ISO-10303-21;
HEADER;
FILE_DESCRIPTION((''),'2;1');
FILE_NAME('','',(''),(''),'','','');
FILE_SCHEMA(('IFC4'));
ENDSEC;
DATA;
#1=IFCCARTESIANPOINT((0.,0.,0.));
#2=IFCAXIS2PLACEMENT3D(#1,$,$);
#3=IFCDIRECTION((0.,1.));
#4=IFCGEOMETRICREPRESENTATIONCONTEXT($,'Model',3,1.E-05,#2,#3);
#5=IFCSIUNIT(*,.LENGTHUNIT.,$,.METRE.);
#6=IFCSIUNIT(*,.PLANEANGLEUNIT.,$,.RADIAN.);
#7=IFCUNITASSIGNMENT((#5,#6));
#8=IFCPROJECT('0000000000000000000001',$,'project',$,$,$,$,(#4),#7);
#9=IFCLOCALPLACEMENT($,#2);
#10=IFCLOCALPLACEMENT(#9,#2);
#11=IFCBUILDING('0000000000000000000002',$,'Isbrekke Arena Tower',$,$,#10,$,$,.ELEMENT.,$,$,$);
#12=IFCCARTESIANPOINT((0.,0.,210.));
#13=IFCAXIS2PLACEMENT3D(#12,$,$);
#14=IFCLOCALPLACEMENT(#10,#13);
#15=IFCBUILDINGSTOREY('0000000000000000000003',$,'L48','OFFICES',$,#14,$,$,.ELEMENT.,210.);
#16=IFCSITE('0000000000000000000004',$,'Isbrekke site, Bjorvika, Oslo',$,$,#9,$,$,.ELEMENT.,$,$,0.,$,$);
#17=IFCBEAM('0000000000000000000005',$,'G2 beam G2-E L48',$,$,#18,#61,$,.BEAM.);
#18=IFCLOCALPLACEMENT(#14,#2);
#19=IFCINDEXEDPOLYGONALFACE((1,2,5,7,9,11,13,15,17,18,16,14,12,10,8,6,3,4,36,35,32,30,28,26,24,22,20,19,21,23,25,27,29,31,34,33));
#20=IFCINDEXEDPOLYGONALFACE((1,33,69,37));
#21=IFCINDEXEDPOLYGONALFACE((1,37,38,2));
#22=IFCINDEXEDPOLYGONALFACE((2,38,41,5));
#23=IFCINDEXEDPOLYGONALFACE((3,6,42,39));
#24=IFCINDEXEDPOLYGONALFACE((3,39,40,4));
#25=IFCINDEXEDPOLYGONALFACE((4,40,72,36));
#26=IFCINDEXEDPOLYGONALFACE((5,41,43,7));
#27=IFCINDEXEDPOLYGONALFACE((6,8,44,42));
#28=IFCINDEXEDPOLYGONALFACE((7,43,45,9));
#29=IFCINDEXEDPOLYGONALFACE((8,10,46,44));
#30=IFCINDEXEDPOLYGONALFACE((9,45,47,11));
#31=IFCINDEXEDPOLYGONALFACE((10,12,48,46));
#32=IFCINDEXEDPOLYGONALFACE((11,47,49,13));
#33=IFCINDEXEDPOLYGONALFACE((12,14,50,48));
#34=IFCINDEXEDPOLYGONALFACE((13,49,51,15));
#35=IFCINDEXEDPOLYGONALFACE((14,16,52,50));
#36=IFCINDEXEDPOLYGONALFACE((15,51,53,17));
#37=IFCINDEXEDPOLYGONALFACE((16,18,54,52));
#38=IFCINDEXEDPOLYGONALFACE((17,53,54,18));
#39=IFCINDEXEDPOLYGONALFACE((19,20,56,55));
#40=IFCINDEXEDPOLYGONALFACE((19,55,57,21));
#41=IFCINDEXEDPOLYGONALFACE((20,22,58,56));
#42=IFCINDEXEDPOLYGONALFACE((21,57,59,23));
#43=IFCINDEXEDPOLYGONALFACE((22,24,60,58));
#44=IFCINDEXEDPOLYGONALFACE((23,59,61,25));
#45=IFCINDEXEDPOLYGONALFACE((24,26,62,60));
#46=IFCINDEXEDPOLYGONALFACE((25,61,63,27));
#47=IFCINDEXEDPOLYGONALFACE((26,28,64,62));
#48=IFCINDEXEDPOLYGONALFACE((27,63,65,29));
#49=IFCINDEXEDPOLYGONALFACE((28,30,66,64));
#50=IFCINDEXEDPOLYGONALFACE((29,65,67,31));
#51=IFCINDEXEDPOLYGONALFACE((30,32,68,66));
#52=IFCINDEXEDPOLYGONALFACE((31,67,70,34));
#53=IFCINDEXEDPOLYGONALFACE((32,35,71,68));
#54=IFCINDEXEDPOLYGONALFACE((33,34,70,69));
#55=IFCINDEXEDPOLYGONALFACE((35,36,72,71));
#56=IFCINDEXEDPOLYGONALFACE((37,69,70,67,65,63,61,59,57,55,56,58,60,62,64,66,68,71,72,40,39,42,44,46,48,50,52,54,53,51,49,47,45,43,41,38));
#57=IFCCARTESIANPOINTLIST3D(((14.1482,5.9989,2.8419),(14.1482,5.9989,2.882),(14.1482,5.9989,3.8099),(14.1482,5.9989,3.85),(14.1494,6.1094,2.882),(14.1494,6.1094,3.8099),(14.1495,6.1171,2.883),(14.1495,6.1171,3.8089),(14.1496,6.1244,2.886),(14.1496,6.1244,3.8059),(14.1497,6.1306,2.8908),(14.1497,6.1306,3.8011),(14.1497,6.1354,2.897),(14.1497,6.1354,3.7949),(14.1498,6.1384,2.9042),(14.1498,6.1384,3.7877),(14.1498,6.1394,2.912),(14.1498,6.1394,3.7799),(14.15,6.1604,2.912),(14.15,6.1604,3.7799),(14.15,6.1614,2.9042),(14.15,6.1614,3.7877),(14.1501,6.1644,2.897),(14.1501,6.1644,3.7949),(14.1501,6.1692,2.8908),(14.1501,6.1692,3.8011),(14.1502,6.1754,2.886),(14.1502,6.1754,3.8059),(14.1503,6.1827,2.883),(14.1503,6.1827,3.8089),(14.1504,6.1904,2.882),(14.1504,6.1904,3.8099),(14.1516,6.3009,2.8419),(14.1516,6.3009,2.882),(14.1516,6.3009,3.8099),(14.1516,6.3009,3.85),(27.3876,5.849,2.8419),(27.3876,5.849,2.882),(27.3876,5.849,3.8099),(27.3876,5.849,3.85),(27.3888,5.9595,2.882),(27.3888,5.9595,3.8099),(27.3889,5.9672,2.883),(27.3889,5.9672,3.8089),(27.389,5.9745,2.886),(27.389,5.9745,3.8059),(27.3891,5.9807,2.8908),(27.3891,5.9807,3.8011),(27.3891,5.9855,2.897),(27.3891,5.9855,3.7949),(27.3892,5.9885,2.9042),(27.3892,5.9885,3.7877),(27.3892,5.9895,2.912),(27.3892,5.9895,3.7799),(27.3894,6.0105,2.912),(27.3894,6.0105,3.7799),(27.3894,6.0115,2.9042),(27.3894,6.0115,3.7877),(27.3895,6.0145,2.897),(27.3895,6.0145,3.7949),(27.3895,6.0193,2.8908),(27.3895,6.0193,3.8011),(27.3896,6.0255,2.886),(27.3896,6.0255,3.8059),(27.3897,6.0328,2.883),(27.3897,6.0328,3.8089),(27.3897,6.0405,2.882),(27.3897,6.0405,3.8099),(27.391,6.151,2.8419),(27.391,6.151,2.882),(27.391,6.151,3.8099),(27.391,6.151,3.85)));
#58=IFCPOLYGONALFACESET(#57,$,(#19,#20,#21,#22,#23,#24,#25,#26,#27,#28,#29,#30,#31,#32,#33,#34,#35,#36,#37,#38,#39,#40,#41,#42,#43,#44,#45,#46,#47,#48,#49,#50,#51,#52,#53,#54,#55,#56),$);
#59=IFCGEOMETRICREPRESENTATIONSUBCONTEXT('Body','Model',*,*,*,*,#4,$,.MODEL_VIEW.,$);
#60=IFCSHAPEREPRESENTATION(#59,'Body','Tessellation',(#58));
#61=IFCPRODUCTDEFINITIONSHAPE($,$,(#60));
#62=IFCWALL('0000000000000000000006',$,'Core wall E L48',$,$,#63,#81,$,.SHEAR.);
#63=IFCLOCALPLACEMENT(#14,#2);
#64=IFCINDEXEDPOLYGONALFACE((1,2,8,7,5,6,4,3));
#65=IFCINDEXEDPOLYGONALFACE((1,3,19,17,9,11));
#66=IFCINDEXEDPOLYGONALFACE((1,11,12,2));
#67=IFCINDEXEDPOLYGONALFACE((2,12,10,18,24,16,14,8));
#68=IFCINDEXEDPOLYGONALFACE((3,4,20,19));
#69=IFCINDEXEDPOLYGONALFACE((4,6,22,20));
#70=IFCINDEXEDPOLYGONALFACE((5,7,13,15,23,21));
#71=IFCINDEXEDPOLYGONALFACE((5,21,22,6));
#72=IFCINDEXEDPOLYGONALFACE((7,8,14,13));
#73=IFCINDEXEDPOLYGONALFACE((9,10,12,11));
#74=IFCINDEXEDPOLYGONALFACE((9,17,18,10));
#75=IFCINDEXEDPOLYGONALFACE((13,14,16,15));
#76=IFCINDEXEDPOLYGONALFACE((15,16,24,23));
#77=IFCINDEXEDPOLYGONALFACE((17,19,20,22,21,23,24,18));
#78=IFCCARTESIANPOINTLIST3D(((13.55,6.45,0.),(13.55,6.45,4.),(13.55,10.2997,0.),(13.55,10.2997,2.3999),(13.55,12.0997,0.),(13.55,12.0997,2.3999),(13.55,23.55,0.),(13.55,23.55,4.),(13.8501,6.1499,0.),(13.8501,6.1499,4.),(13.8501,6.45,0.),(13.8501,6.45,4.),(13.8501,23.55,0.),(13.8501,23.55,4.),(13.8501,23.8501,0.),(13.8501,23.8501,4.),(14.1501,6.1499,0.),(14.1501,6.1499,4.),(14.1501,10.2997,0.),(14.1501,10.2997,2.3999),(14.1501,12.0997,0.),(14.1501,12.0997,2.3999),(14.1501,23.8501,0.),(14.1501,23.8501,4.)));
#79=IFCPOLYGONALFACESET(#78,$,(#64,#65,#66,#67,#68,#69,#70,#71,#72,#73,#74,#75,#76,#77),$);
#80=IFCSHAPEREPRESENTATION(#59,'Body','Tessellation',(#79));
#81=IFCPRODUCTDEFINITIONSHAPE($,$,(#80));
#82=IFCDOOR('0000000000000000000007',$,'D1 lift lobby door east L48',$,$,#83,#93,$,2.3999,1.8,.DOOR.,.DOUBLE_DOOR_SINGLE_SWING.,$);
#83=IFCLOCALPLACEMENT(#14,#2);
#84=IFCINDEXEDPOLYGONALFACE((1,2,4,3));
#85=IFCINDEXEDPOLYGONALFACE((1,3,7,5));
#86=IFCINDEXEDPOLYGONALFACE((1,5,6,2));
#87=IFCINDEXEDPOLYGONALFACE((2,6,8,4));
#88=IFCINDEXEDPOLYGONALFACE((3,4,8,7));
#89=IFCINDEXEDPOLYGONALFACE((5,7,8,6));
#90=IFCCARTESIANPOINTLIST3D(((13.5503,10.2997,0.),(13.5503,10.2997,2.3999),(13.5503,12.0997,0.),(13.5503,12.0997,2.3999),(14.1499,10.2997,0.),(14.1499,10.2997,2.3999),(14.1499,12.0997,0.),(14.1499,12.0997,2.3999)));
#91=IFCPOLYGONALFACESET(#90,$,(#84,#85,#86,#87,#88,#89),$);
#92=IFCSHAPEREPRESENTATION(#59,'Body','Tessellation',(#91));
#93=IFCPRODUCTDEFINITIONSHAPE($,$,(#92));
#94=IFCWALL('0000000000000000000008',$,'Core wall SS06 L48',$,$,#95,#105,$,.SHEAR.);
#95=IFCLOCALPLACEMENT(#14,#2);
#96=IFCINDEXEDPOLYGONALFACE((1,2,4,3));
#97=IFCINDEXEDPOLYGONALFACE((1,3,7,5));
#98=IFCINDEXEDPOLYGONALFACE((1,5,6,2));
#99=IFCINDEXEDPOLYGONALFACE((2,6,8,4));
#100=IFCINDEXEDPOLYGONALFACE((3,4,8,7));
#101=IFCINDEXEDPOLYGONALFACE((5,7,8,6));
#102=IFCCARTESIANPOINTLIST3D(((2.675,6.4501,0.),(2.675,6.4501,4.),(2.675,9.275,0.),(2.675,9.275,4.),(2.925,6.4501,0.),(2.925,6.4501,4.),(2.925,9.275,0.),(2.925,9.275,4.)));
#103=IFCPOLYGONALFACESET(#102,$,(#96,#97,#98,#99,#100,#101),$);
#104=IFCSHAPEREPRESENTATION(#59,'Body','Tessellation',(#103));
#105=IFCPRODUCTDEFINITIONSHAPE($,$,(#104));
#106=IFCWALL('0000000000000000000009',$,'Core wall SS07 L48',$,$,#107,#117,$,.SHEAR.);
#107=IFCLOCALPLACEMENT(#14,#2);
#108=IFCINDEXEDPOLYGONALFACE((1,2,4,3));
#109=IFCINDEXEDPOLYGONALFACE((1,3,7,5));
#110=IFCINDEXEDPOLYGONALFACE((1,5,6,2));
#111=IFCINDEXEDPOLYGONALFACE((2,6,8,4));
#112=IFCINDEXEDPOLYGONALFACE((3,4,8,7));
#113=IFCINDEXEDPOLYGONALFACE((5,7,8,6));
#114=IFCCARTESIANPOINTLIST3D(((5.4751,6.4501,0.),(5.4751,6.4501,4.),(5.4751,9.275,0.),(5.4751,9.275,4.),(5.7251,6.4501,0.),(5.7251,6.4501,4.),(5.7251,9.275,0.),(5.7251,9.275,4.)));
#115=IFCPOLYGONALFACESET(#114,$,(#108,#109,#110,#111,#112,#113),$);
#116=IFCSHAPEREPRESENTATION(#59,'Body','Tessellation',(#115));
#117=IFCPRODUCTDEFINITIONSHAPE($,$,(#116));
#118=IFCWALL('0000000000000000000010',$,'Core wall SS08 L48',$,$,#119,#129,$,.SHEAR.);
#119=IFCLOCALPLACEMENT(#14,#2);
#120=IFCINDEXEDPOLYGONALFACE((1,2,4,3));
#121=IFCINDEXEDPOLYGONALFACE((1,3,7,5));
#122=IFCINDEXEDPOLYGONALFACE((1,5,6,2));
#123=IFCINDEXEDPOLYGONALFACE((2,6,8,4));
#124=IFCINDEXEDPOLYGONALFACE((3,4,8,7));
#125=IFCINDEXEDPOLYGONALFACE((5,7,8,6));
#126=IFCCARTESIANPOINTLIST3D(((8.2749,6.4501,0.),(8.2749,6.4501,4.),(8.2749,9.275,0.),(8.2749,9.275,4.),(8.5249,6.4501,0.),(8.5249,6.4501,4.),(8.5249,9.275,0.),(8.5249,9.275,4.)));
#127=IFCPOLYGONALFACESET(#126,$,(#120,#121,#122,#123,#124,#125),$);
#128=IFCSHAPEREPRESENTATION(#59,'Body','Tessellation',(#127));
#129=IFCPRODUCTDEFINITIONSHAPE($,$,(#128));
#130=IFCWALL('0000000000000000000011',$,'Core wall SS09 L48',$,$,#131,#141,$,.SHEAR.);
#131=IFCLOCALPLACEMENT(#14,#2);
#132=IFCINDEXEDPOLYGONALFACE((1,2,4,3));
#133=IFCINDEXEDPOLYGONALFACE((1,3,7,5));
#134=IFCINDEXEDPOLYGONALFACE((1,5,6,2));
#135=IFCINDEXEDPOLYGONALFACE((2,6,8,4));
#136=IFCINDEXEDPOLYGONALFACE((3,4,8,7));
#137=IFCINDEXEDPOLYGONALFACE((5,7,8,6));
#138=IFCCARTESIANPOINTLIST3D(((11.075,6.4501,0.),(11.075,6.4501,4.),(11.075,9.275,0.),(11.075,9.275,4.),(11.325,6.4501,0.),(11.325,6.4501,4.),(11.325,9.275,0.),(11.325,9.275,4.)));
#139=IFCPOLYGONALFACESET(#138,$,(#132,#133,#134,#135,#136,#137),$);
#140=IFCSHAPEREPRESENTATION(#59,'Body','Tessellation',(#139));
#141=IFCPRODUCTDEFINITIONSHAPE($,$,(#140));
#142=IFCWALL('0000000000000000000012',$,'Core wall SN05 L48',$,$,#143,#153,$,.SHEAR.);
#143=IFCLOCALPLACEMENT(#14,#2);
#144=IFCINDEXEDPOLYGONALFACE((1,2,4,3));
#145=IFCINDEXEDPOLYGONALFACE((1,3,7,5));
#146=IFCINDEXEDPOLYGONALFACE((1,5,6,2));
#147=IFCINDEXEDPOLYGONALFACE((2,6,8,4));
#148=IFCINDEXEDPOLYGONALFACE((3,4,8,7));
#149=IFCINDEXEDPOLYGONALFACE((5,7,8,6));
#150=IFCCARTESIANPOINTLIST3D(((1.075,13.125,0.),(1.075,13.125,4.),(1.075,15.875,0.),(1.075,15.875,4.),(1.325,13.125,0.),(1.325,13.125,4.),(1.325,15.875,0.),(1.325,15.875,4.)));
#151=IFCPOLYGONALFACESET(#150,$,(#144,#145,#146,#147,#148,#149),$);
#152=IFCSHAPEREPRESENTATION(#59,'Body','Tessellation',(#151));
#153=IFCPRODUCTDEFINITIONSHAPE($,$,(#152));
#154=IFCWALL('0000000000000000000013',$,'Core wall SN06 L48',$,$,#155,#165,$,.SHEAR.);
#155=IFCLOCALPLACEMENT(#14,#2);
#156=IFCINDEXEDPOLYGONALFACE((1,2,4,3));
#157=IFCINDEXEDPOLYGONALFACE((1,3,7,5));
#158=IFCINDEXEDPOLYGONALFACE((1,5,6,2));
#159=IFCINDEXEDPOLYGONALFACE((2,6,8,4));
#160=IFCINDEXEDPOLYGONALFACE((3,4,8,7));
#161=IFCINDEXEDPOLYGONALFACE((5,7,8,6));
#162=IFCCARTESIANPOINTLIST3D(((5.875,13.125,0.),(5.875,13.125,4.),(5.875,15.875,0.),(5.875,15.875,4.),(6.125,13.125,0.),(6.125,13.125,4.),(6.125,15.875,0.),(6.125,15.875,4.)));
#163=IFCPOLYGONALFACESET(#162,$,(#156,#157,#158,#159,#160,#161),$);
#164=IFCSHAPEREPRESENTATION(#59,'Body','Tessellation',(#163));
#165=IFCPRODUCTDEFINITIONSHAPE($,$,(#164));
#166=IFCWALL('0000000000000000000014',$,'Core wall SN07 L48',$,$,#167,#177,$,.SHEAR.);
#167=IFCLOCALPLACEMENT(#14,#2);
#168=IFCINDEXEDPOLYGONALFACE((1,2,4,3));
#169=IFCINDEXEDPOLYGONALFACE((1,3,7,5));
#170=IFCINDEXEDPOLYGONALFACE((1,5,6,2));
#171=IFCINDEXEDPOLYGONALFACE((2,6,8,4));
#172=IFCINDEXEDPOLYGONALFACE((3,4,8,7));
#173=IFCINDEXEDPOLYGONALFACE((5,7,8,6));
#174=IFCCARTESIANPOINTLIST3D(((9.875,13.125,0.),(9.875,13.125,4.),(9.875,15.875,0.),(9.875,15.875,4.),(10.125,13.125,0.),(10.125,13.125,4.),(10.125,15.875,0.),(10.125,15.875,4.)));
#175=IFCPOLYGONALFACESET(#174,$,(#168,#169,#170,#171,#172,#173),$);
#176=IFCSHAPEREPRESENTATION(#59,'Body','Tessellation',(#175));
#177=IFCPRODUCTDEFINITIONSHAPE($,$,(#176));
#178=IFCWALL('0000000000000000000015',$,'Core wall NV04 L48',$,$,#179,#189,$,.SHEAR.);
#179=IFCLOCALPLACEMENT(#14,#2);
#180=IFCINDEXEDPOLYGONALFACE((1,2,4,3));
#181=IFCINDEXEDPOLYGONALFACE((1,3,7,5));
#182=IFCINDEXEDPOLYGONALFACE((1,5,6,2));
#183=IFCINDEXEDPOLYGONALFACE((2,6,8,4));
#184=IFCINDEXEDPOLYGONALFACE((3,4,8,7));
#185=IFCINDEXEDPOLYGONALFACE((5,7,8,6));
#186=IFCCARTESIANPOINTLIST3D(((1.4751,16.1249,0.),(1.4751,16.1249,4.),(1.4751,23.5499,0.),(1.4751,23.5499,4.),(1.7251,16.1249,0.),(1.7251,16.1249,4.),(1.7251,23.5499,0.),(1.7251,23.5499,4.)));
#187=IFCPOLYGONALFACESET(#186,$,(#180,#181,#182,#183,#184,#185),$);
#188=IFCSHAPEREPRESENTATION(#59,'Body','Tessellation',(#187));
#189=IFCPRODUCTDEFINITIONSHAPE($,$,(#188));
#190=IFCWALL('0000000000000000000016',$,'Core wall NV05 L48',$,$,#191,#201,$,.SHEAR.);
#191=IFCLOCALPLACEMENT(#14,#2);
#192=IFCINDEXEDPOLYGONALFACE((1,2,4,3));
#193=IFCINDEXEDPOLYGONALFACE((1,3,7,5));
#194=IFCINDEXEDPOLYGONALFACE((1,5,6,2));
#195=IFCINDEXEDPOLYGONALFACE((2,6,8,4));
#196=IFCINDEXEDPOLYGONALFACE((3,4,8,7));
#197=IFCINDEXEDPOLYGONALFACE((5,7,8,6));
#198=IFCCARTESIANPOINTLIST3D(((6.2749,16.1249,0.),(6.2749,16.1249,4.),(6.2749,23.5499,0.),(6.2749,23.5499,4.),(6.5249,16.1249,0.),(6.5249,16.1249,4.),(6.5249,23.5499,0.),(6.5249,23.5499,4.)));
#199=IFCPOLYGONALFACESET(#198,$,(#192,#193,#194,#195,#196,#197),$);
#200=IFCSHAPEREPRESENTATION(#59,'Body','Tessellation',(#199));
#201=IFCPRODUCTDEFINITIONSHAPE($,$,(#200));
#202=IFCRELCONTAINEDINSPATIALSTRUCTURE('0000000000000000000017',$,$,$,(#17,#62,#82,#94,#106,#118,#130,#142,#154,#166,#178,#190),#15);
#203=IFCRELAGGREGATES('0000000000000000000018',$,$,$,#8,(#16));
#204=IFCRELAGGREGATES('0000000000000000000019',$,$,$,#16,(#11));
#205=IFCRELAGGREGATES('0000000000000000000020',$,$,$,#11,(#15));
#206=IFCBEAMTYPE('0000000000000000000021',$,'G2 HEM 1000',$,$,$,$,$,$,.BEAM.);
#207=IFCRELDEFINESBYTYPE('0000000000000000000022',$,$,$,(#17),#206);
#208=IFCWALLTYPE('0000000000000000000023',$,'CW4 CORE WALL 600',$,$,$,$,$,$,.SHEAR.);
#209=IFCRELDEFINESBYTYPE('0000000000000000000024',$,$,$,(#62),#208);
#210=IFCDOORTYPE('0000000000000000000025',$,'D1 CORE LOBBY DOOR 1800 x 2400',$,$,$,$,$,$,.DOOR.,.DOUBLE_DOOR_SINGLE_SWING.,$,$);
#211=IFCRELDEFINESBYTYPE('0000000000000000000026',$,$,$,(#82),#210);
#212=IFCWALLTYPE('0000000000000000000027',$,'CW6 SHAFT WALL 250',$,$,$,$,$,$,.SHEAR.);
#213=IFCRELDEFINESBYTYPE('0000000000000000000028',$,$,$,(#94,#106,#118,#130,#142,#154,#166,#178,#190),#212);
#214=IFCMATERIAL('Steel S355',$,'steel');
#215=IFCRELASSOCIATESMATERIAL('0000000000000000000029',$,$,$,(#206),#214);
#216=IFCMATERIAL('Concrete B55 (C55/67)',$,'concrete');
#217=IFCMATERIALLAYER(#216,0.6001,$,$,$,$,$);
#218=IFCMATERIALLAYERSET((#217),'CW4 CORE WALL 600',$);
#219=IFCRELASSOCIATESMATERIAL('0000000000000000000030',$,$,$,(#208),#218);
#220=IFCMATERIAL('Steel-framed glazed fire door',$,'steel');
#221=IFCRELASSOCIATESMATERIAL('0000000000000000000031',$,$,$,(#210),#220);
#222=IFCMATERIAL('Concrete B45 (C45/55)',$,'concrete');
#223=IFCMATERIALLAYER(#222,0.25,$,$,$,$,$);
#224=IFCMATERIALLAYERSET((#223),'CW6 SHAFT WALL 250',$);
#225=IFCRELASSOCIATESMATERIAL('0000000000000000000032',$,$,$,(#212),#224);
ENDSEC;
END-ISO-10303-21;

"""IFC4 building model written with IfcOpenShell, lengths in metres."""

from ifc_helpers import new_model, si_unit, direction, frame, frame_2d, origin, origin_2d, place, context, subcontext, project, spatial, polyline, rectangle, i_section, outline, extrude, material, layer, layer_set, material_profile, profile_set, type_object, element, fill, save


model = new_model("IFC4")

# Units and contexts
model_context = context("Model", 3, precision=1e-05, world=origin(), true_north=direction((0.0, 1.0)))
body_context = subcontext(model_context, "Body", "Model", "MODEL_VIEW")
ifc_project = project(units=[si_unit("LENGTHUNIT", "METRE"), si_unit("PLANEANGLEUNIT", "RADIAN")], contexts=[model_context])

# Site, building, storey
site_placement = place(None, origin())
site = spatial("IfcSite", under=ifc_project, at=site_placement, Name="Isbrekke site, Bjorvika, Oslo", CompositionType="ELEMENT", RefElevation=0.0)
building_placement = place(site_placement, origin())
building = spatial("IfcBuilding", under=site, at=building_placement, Name="Isbrekke Arena Tower", CompositionType="ELEMENT")
storey_placement = place(building_placement, frame((0.0, 0.0, 210.0)))
storey = spatial("IfcBuildingStorey", under=building, at=storey_placement, Name="L48", Description="OFFICES", CompositionType="ELEMENT", Elevation=210.0)

# Beam
ifc_material_1 = material(Name="Steel S355", Category="steel")
ifc_material_profile = material_profile(ifc_material_1, i_section(OverallWidth=0.302, OverallDepth=1.0081, WebThickness=0.021, FlangeThickness=0.04, FilletRadius=0.03, at=origin_2d()), Name="HEM 1000")
ifc_profile_set = profile_set([ifc_material_profile], Name="Steel S355")
beam_type = type_object("IfcBeamType", Name="G2 HEM 1000", PredefinedType="BEAM", material=ifc_profile_set)
beam_placement = place(storey_placement, frame((14.1499, 6.1499, 3.3459), z_axis=(0.999936, -0.011322, 0.0), x_axis=(0.011322, 0.999936, 0.0)))
element("IfcBeam", 1, at=beam_placement, inside=storey, type_object=beam_type, Name="G2 beam G2-E L48", PredefinedType="BEAM", context=body_context, shape_type="SweptSolid", body=[
    extrude(i_section(OverallWidth=0.302, OverallDepth=1.0081, WebThickness=0.021, FlangeThickness=0.04, FilletRadius=0.03, at=origin_2d()), origin(), (0.0, 0.0, 1.0), 13.2402),
])

# Wall, opening, door
ifc_material_2 = material(Name="Concrete B55 (C55/67)", Category="concrete")
ifc_layer_1 = layer(ifc_material_2, 0.6001)
ifc_layer_set_1 = layer_set([ifc_layer_1], Name="CW4 CORE WALL 600")
wall_type_1 = type_object("IfcWallType", Name="CW4 CORE WALL 600", PredefinedType="SHEAR", material=ifc_layer_set_1)
wall_1_placement = place(storey_placement, frame((13.8501, 6.1499, 0.0), z_axis=(0.0, 0.0, 1.0), x_axis=(0.0, 1.0, 0.0)))
wall_1 = element("IfcWall", 2, at=wall_1_placement, inside=storey, type_object=wall_type_1, Name="Core wall E L48", PredefinedType="SHEAR", context=body_context, shape_type="SweptSolid", body=[
    extrude(outline(polyline([(0.0, -0.3), (17.7002, -0.3), (17.7002, 0.0), (17.4001, 0.0), (17.4001, 0.3), (0.3, 0.3), (0.3, 0.0), (0.0, 0.0), (0.0, -0.3)])), origin(), (0.0, 0.0, 1.0), 4.0),
])
opening_1_placement = place(wall_1_placement, frame((4.1499, 0.0, 0.0)))
opening_1 = element("IfcOpeningElement", 3, at=opening_1_placement, cuts=wall_1, PredefinedType="OPENING", context=body_context, shape_type="SweptSolid", body=[
    extrude(rectangle(XDim=1.8, YDim=2.3999, at=frame_2d((0.8999, 1.2))), frame((0.0, 0.3149, 0.0), z_axis=(0.0, -1.0, 0.0), x_axis=(1.0, 0.0, 0.0)), (0.0, 0.0, 1.0), 0.6299),
])
ifc_material_3 = material(Name="Steel-framed glazed fire door", Category="steel")
door_type_1 = type_object("IfcDoorType", Name="D1 CORE LOBBY DOOR 1800 x 2400", OperationType="DOUBLE_DOOR_SINGLE_SWING", PredefinedType="DOOR", material=ifc_material_3)
door_1_placement = place(opening_1_placement, origin())
door_1 = element("IfcDoor", 4, at=door_1_placement, inside=storey, type_object=door_type_1, Name="D1 lift lobby door east L48", OperationType="DOUBLE_DOOR_SINGLE_SWING", OverallHeight=2.3999, OverallWidth=1.8, PredefinedType="DOOR", context=body_context, shape_type="SweptSolid", body=[
    extrude(rectangle(XDim=1.8, YDim=2.3999, at=frame_2d((0.8999, 1.2))), frame((0.0, 0.2998, 0.0), z_axis=(0.0, -1.0, 0.0), x_axis=(1.0, 0.0, 0.0)), (0.0, 0.0, 1.0), 0.5996),
])
fill(opening_1, door_1)

# Walls
ifc_material_4 = material(Name="Concrete B45 (C45/55)", Category="concrete")
ifc_layer_2 = layer(ifc_material_4, 0.25)
ifc_layer_set_2 = layer_set([ifc_layer_2], Name="CW6 SHAFT WALL 250")
wall_type_2 = type_object("IfcWallType", Name="CW6 SHAFT WALL 250", PredefinedType="SHEAR", material=ifc_layer_set_2)
for number, where, z_axis, x_axis, name in (
    (5, (2.8, 6.45, 0.0), (0.0, 0.0, 1.0), (0.0, 1.0, 0.0), "Core wall SS06 L48"),
    (6, (5.6001, 6.45, 0.0), (0.0, 0.0, 1.0), (0.0, 1.0, 0.0), "Core wall SS07 L48"),
    (7, (8.3999, 6.45, 0.0), (0.0, 0.0, 1.0), (0.0, 1.0, 0.0), "Core wall SS08 L48"),
    (8, (11.2, 6.45, 0.0), (0.0, 0.0, 1.0), (0.0, 1.0, 0.0), "Core wall SS09 L48"),
):
    element("IfcWall", number, at=place(storey_placement, frame(where, z_axis=z_axis, x_axis=x_axis)), inside=storey, type_object=wall_type_2, Name=name, PredefinedType="SHEAR", context=body_context, shape_type="SweptSolid", body=[
        extrude(rectangle(XDim=2.825, YDim=0.25, at=frame_2d((1.4126, 0.0))), origin(), (0.0, 0.0, 1.0), 4.0),
    ])
for number, where, z_axis, x_axis, name in (
    (9, (1.2, 13.125, 0.0), (0.0, 0.0, 1.0), (0.0, 1.0, 0.0), "Core wall SN05 L48"),
    (10, (6.0, 13.125, 0.0), (0.0, 0.0, 1.0), (0.0, 1.0, 0.0), "Core wall SN06 L48"),
    (11, (10.0, 13.125, 0.0), (0.0, 0.0, 1.0), (0.0, 1.0, 0.0), "Core wall SN07 L48"),
):
    element("IfcWall", number, at=place(storey_placement, frame(where, z_axis=z_axis, x_axis=x_axis)), inside=storey, type_object=wall_type_2, Name=name, PredefinedType="SHEAR", context=body_context, shape_type="SweptSolid", body=[
        extrude(rectangle(XDim=2.75, YDim=0.25, at=frame_2d((1.375, 0.0))), origin(), (0.0, 0.0, 1.0), 4.0),
    ])
for number, where, z_axis, x_axis, name in (
    (12, (1.6001, 16.125, 0.0), (0.0, 0.0, 1.0), (0.0, 1.0, 0.0), "Core wall NV04 L48"),
    (13, (6.3999, 16.125, 0.0), (0.0, 0.0, 1.0), (0.0, 1.0, 0.0), "Core wall NV05 L48"),
):
    element("IfcWall", number, at=place(storey_placement, frame(where, z_axis=z_axis, x_axis=x_axis)), inside=storey, type_object=wall_type_2, Name=name, PredefinedType="SHEAR", context=body_context, shape_type="SweptSolid", body=[
        extrude(rectangle(XDim=7.425, YDim=0.25, at=frame_2d((3.7124, 0.0))), origin(), (0.0, 0.0, 1.0), 4.0),
    ])

save(model, "model.ifc")
